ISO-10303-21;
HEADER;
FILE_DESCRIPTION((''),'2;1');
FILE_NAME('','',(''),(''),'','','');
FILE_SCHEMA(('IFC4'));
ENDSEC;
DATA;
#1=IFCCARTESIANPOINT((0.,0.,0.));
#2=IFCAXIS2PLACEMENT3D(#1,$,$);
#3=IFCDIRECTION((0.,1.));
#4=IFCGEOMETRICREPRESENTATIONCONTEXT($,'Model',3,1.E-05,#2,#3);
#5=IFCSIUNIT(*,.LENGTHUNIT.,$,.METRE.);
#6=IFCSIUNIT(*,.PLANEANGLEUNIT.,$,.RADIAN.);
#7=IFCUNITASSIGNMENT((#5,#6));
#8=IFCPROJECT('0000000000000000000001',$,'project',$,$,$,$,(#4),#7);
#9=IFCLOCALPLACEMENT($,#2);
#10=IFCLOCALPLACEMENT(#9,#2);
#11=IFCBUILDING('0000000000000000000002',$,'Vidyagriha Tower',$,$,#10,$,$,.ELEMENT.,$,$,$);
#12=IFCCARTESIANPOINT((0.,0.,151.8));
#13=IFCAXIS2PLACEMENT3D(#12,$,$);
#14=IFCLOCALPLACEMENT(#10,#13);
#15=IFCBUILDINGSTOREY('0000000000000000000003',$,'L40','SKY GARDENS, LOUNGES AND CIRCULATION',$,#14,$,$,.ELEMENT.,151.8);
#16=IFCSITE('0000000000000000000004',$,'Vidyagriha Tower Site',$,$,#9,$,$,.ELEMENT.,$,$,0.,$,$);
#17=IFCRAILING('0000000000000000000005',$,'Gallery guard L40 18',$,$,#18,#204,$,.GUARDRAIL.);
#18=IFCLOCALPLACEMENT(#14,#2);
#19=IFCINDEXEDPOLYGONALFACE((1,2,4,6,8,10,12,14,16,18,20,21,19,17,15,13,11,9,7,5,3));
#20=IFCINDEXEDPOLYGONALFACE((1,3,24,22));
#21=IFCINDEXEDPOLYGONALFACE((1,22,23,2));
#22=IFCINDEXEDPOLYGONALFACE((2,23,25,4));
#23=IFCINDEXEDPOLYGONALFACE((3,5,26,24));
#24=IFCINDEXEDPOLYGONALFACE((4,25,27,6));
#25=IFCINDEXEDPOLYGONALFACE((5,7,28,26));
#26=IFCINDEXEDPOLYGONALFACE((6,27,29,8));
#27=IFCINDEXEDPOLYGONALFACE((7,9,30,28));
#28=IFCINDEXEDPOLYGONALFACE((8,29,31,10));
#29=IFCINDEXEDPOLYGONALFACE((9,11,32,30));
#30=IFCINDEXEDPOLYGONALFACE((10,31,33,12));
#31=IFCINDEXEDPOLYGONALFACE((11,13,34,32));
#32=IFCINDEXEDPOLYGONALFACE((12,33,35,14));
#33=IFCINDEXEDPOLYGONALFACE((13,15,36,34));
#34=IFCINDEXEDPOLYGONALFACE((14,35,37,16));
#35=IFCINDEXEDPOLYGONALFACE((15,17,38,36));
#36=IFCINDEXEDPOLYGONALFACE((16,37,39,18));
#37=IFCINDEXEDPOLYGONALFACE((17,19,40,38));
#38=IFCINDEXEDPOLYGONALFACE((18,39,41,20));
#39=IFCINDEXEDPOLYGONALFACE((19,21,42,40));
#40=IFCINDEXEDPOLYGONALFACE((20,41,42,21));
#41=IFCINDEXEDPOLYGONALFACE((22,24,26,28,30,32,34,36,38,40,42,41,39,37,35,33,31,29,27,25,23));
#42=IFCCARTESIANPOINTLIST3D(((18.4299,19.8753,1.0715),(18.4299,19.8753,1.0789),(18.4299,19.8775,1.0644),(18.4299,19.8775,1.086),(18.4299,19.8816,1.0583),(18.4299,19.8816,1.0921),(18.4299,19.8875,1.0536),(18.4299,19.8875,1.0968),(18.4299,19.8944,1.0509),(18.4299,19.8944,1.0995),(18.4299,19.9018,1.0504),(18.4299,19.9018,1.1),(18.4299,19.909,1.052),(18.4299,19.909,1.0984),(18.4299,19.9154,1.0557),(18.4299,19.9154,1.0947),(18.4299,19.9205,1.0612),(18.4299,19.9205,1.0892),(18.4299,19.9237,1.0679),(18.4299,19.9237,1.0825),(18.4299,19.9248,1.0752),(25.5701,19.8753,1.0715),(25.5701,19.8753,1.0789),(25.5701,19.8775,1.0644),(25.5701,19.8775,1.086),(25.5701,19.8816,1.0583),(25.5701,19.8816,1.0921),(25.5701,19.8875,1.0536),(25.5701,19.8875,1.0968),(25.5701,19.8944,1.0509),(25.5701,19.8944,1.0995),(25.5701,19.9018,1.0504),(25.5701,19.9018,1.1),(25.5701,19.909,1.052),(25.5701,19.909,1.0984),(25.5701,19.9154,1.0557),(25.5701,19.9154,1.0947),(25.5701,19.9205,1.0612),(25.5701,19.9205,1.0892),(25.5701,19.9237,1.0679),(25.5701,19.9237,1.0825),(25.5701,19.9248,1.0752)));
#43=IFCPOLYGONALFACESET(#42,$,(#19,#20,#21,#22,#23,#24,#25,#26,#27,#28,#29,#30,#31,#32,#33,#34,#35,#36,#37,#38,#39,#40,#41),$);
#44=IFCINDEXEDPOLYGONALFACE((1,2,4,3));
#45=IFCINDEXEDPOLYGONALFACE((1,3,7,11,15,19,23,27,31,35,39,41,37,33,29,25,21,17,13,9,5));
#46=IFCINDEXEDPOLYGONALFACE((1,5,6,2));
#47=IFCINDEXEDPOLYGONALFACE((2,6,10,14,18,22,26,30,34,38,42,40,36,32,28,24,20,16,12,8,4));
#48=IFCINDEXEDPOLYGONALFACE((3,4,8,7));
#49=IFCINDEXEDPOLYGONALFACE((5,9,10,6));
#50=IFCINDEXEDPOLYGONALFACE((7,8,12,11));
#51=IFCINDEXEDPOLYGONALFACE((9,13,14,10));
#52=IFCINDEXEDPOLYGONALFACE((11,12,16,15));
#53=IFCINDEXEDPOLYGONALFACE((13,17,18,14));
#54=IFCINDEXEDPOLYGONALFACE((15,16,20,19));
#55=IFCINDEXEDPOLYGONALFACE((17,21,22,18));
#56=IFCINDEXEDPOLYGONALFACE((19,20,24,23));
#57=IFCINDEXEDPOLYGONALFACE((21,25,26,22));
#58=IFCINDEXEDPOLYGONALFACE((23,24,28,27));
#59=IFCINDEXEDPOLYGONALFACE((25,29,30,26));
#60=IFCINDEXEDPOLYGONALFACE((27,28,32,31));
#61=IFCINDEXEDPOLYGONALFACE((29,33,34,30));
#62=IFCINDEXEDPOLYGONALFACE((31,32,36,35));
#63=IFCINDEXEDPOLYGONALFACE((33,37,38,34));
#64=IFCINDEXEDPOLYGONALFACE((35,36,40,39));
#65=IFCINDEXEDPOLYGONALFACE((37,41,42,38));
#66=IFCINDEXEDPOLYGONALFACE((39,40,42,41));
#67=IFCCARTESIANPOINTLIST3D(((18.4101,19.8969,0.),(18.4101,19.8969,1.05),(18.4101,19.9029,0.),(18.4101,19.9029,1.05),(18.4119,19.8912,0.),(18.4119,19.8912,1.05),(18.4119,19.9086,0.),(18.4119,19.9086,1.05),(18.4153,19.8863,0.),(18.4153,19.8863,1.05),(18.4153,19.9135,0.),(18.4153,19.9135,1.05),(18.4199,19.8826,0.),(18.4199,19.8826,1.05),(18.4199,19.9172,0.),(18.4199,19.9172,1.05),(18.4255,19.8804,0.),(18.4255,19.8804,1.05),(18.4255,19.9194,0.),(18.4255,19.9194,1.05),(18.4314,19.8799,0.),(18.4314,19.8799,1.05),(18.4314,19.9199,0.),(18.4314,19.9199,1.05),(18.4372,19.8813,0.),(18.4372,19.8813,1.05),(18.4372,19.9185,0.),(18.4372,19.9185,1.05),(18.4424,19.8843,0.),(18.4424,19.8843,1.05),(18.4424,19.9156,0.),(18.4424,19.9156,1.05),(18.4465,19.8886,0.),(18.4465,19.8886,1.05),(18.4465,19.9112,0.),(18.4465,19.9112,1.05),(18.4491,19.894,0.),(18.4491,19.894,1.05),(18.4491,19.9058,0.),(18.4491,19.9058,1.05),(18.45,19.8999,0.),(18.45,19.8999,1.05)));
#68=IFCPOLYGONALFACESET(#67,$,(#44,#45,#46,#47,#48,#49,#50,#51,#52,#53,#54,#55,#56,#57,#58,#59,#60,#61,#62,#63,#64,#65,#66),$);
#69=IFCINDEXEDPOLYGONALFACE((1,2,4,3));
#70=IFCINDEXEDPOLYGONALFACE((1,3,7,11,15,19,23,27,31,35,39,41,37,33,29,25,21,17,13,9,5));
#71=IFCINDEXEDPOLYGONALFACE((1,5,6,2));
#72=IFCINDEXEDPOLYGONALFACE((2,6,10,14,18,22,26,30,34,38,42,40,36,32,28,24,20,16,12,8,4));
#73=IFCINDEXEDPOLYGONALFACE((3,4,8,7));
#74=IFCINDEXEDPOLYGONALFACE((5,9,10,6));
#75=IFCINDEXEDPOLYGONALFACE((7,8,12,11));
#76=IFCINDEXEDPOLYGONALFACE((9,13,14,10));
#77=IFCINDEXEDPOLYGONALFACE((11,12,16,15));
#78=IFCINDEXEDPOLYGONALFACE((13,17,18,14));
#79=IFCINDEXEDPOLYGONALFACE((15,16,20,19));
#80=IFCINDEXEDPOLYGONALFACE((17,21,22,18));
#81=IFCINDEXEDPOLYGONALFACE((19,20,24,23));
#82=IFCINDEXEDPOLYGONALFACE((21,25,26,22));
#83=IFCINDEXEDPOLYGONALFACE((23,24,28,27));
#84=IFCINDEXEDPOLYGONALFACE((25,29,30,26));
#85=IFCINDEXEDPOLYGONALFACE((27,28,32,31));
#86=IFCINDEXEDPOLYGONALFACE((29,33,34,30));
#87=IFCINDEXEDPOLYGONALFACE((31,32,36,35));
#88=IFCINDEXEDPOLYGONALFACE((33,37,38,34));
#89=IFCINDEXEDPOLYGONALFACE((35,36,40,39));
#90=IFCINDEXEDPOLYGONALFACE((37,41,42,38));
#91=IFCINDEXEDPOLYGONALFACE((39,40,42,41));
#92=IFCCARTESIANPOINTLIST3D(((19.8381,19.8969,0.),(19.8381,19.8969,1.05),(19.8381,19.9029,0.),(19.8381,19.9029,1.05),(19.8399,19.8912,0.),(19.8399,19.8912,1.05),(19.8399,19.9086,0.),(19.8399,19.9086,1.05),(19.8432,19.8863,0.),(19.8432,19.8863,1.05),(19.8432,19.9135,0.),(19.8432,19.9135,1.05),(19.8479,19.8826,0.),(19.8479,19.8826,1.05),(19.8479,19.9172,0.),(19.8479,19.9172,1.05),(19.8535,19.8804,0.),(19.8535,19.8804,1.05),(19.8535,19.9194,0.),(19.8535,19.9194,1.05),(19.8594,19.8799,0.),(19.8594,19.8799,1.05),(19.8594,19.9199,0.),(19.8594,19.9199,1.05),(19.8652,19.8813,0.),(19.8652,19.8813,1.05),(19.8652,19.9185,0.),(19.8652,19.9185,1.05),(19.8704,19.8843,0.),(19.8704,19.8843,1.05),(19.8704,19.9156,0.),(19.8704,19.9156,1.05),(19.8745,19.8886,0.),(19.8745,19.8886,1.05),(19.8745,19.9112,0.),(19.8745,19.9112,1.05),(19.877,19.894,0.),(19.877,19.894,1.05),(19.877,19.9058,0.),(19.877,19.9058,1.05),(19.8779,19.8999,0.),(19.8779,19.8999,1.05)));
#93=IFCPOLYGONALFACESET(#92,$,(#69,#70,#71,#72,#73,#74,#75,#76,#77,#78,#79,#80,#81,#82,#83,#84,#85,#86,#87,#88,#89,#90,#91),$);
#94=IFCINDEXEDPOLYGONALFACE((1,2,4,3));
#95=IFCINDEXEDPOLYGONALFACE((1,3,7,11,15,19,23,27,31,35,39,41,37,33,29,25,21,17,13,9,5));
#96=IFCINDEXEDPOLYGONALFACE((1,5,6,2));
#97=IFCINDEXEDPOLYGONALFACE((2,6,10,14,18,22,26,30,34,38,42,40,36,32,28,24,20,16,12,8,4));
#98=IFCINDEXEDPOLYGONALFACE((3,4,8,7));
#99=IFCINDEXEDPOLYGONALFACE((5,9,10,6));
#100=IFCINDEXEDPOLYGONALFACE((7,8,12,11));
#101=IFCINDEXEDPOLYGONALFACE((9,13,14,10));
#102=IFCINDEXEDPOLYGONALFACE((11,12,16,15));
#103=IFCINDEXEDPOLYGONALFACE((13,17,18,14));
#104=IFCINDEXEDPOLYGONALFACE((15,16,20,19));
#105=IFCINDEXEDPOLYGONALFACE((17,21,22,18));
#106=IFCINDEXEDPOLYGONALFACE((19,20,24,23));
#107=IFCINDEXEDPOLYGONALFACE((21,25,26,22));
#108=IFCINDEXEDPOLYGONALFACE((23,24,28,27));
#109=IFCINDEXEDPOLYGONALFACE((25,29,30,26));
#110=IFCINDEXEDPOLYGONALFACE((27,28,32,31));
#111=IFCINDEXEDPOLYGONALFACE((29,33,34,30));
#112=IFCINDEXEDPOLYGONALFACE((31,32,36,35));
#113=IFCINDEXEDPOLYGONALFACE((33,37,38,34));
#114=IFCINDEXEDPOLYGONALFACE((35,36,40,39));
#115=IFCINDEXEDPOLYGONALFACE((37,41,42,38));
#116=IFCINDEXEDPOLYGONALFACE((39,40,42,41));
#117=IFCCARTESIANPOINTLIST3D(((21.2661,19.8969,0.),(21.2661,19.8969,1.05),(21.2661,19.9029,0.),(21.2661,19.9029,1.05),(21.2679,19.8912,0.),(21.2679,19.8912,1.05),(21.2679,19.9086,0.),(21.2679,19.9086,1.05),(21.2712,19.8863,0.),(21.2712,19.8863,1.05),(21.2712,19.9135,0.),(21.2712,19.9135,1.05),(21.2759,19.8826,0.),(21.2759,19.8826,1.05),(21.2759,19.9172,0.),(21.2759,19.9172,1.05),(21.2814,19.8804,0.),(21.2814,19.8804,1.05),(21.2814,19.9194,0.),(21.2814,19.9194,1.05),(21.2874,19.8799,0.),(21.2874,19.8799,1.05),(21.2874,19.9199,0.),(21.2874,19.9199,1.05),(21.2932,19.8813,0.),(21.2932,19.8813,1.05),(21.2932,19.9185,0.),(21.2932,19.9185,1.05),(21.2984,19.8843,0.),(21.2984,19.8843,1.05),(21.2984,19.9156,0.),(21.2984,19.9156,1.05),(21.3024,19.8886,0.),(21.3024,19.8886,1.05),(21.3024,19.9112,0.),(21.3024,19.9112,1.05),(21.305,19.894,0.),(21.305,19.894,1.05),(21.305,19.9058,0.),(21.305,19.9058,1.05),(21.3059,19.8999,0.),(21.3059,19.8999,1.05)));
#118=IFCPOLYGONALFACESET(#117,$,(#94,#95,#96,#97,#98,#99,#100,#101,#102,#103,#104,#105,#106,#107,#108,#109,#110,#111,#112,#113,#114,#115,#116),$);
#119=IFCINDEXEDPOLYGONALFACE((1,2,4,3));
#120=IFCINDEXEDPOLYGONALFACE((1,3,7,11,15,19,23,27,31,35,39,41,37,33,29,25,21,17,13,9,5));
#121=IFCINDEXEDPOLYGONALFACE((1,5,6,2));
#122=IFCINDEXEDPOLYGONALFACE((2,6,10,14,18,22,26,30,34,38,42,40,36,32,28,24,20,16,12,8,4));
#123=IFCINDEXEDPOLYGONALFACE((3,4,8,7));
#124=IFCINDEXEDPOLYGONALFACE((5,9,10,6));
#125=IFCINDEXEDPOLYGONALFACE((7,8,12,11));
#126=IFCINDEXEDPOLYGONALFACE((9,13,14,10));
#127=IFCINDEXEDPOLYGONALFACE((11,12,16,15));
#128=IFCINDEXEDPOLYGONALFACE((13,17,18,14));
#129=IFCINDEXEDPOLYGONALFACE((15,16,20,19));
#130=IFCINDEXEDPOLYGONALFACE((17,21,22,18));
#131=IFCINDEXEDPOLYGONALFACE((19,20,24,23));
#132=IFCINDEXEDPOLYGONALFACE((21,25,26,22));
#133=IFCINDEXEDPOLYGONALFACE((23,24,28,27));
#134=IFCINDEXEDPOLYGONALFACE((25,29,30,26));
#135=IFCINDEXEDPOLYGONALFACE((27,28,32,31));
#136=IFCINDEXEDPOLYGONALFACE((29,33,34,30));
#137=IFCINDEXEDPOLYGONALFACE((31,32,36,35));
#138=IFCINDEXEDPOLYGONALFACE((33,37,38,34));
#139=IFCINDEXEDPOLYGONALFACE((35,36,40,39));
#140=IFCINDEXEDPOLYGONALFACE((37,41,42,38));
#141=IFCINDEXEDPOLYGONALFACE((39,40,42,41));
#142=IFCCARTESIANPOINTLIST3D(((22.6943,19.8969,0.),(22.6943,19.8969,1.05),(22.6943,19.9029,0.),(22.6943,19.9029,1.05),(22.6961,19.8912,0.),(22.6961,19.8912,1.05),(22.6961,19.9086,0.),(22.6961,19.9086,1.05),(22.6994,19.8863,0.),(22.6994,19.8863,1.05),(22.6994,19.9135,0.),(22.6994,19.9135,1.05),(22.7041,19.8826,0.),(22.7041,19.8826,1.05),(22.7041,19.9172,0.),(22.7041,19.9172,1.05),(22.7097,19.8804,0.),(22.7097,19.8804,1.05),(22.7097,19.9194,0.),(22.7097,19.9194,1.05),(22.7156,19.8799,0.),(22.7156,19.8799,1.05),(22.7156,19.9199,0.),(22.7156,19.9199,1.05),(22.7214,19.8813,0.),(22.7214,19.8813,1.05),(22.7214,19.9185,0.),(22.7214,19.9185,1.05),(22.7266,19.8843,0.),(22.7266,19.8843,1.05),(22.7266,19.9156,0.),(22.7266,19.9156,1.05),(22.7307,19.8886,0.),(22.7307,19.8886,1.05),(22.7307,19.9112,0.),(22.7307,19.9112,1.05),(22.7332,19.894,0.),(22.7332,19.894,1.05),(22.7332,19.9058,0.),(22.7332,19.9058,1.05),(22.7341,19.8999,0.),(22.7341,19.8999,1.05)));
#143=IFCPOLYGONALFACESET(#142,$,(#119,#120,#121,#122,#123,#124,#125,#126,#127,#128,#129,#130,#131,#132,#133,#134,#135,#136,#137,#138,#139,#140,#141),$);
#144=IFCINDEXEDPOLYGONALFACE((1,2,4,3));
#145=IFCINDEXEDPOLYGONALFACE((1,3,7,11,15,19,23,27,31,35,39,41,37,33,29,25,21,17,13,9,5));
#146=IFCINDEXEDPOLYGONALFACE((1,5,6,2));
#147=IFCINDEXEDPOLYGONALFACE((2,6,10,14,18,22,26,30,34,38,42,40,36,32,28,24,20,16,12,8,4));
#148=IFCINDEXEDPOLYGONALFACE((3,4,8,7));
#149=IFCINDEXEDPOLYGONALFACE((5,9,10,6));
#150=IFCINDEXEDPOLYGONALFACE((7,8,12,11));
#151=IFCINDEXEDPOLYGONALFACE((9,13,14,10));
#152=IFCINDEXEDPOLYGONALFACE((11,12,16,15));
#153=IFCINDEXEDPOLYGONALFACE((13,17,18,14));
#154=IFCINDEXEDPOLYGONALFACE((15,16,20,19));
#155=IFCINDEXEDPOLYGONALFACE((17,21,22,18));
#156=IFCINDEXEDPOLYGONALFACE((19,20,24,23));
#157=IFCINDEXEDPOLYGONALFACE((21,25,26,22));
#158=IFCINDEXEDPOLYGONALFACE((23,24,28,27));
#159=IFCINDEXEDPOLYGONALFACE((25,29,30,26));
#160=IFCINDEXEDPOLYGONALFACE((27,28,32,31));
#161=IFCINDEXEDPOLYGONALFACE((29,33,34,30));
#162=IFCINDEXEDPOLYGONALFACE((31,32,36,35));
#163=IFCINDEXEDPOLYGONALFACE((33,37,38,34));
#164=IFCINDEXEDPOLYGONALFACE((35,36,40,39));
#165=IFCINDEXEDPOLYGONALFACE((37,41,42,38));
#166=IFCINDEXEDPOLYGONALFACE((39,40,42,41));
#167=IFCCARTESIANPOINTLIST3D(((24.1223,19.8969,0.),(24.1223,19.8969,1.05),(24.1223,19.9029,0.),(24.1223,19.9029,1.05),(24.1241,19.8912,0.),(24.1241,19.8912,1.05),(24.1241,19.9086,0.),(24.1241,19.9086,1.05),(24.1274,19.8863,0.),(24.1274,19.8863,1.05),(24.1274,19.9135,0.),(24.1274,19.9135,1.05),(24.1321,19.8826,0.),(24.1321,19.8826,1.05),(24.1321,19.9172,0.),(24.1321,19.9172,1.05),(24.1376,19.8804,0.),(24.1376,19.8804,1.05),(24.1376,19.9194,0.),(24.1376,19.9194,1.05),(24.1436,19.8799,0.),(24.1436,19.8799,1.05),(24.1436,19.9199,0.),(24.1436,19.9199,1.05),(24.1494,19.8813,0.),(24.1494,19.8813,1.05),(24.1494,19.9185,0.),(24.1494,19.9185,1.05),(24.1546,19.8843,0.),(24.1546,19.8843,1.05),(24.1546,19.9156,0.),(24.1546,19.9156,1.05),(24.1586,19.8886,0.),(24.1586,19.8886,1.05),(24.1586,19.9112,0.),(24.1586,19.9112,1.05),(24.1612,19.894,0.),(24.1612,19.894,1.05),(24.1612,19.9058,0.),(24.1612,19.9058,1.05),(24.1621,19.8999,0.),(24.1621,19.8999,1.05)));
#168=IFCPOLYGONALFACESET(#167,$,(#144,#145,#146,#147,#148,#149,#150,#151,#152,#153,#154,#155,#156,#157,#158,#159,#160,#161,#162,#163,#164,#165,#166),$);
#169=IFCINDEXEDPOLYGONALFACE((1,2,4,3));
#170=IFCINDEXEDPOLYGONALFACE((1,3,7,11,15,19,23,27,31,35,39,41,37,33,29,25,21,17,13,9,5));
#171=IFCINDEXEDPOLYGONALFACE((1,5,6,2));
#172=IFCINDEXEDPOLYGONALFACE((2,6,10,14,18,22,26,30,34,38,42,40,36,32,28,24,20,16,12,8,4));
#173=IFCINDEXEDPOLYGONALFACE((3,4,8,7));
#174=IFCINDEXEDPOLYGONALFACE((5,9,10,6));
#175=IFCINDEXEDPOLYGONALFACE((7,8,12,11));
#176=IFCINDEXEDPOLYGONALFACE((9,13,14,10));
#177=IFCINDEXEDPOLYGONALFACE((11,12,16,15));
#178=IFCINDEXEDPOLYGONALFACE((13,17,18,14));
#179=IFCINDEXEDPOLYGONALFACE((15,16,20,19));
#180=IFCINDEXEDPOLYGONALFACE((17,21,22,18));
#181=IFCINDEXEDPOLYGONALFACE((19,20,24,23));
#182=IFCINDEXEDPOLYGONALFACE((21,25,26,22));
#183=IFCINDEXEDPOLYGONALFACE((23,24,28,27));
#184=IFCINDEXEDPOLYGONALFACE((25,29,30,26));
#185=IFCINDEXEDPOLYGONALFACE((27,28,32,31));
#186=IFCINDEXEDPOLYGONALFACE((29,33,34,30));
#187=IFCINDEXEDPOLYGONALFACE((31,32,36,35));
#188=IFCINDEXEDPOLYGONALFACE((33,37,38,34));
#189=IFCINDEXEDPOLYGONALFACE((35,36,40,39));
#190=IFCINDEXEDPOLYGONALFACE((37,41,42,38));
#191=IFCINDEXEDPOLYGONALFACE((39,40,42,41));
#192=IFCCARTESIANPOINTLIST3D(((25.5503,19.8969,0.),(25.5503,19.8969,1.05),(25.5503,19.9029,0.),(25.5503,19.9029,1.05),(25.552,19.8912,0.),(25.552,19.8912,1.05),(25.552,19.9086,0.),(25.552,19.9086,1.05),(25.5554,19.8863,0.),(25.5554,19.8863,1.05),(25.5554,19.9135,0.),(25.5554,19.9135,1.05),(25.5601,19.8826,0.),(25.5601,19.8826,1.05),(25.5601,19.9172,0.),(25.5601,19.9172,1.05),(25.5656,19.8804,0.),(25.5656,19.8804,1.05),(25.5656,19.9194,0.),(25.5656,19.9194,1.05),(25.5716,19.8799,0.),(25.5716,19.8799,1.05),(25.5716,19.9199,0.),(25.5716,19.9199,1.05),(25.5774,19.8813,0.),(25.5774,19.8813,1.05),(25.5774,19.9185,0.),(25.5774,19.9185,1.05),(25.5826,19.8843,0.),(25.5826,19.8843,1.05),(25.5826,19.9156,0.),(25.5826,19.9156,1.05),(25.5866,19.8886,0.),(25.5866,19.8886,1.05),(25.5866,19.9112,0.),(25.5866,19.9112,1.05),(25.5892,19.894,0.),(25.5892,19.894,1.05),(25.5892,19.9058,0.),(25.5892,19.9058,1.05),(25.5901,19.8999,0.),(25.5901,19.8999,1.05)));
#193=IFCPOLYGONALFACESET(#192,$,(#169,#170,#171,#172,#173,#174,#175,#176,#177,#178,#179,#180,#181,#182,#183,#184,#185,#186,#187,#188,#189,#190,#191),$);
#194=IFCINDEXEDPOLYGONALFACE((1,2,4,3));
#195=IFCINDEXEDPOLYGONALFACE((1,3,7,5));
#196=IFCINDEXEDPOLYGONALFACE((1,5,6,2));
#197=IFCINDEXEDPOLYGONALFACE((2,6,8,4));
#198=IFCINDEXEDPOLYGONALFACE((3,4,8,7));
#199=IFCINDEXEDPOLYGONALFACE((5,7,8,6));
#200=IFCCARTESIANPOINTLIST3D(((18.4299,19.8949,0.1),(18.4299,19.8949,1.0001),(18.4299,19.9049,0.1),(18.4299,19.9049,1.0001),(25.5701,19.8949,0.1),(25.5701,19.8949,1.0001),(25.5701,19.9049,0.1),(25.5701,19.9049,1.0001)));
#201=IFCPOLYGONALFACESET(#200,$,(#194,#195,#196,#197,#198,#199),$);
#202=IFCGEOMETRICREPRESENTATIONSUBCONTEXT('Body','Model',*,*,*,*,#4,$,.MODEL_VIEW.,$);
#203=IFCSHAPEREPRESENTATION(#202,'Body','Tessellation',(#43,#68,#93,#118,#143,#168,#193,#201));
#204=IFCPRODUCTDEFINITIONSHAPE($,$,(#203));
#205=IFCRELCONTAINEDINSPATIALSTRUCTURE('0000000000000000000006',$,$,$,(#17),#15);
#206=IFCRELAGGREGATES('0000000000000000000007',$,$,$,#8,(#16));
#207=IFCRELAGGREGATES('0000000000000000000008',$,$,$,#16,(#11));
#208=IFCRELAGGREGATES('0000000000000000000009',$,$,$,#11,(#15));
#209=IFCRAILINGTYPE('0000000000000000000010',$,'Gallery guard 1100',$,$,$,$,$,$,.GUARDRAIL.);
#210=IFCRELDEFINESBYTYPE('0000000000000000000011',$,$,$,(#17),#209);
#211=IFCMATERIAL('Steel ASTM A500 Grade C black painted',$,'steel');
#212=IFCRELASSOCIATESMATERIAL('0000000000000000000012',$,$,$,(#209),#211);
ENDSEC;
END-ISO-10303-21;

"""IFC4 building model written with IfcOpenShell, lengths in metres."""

from ifc_helpers import new_model, si_unit, direction, frame, origin, origin_2d, place, context, subcontext, project, spatial, rectangle, circle, extrude, material, type_object, element, save


model = new_model("IFC4")

# Units and contexts
model_context = context("Model", 3, precision=1e-05, world=origin(), true_north=direction((0.0, 1.0)))
body_context = subcontext(model_context, "Body", "Model", "MODEL_VIEW")
ifc_project = project(units=[si_unit("LENGTHUNIT", "METRE"), si_unit("PLANEANGLEUNIT", "RADIAN")], contexts=[model_context])

# Site, building, storey
site_placement = place(None, origin())
site = spatial("IfcSite", under=ifc_project, at=site_placement, Name="Vidyagriha Tower Site", CompositionType="ELEMENT", RefElevation=0.0)
building_placement = place(site_placement, origin())
building = spatial("IfcBuilding", under=site, at=building_placement, Name="Vidyagriha Tower", CompositionType="ELEMENT")
storey_placement = place(building_placement, frame((0.0, 0.0, 151.8)))
storey = spatial("IfcBuildingStorey", under=building, at=storey_placement, Name="L40", Description="SKY GARDENS, LOUNGES AND CIRCULATION", CompositionType="ELEMENT", Elevation=151.8)

# Railing
ifc_material_1 = material(Name="Steel ASTM A500 Grade C black painted", Category="steel")
railing_type = type_object("IfcRailingType", Name="Gallery guard 1100", PredefinedType="GUARDRAIL", material=ifc_material_1)
railing_1_placement = place(storey_placement, frame((18.4299, 19.8999, 0.0)))
element("IfcRailing", 1, at=railing_1_placement, inside=storey, type_object=railing_type, Name="Gallery guard L40 18", PredefinedType="GUARDRAIL", context=body_context, shape_type="SweptSolid", body=[
    extrude(circle(Radius=0.0249, at=origin_2d()), frame((0.0, 0.0, 1.0752), z_axis=(1.0, 0.0, 0.0), x_axis=(0.0, 1.0, 0.0)), (0.0, 0.0, 1.0), 7.1401),
    extrude(circle(Radius=0.02, at=origin_2d()), origin(), (0.0, 0.0, 1.0), 1.05),
    extrude(circle(Radius=0.02, at=origin_2d()), frame((1.428, 0.0, 0.0)), (0.0, 0.0, 1.0), 1.05),
    extrude(circle(Radius=0.02, at=origin_2d()), frame((2.856, 0.0, 0.0)), (0.0, 0.0, 1.0), 1.05),
    extrude(circle(Radius=0.02, at=origin_2d()), frame((4.2842, 0.0, 0.0)), (0.0, 0.0, 1.0), 1.05),
    extrude(circle(Radius=0.02, at=origin_2d()), frame((5.7122, 0.0, 0.0)), (0.0, 0.0, 1.0), 1.05),
    extrude(circle(Radius=0.02, at=origin_2d()), frame((7.1401, 0.0, 0.0)), (0.0, 0.0, 1.0), 1.05),
    extrude(rectangle(XDim=0.01, YDim=0.9001, at=origin_2d()), frame((0.0, 0.0, 0.55), z_axis=(1.0, 0.0, 0.0), x_axis=(0.0, 1.0, 0.0)), (0.0, 0.0, 1.0), 7.1401),
])

save(model, "model.ifc")
